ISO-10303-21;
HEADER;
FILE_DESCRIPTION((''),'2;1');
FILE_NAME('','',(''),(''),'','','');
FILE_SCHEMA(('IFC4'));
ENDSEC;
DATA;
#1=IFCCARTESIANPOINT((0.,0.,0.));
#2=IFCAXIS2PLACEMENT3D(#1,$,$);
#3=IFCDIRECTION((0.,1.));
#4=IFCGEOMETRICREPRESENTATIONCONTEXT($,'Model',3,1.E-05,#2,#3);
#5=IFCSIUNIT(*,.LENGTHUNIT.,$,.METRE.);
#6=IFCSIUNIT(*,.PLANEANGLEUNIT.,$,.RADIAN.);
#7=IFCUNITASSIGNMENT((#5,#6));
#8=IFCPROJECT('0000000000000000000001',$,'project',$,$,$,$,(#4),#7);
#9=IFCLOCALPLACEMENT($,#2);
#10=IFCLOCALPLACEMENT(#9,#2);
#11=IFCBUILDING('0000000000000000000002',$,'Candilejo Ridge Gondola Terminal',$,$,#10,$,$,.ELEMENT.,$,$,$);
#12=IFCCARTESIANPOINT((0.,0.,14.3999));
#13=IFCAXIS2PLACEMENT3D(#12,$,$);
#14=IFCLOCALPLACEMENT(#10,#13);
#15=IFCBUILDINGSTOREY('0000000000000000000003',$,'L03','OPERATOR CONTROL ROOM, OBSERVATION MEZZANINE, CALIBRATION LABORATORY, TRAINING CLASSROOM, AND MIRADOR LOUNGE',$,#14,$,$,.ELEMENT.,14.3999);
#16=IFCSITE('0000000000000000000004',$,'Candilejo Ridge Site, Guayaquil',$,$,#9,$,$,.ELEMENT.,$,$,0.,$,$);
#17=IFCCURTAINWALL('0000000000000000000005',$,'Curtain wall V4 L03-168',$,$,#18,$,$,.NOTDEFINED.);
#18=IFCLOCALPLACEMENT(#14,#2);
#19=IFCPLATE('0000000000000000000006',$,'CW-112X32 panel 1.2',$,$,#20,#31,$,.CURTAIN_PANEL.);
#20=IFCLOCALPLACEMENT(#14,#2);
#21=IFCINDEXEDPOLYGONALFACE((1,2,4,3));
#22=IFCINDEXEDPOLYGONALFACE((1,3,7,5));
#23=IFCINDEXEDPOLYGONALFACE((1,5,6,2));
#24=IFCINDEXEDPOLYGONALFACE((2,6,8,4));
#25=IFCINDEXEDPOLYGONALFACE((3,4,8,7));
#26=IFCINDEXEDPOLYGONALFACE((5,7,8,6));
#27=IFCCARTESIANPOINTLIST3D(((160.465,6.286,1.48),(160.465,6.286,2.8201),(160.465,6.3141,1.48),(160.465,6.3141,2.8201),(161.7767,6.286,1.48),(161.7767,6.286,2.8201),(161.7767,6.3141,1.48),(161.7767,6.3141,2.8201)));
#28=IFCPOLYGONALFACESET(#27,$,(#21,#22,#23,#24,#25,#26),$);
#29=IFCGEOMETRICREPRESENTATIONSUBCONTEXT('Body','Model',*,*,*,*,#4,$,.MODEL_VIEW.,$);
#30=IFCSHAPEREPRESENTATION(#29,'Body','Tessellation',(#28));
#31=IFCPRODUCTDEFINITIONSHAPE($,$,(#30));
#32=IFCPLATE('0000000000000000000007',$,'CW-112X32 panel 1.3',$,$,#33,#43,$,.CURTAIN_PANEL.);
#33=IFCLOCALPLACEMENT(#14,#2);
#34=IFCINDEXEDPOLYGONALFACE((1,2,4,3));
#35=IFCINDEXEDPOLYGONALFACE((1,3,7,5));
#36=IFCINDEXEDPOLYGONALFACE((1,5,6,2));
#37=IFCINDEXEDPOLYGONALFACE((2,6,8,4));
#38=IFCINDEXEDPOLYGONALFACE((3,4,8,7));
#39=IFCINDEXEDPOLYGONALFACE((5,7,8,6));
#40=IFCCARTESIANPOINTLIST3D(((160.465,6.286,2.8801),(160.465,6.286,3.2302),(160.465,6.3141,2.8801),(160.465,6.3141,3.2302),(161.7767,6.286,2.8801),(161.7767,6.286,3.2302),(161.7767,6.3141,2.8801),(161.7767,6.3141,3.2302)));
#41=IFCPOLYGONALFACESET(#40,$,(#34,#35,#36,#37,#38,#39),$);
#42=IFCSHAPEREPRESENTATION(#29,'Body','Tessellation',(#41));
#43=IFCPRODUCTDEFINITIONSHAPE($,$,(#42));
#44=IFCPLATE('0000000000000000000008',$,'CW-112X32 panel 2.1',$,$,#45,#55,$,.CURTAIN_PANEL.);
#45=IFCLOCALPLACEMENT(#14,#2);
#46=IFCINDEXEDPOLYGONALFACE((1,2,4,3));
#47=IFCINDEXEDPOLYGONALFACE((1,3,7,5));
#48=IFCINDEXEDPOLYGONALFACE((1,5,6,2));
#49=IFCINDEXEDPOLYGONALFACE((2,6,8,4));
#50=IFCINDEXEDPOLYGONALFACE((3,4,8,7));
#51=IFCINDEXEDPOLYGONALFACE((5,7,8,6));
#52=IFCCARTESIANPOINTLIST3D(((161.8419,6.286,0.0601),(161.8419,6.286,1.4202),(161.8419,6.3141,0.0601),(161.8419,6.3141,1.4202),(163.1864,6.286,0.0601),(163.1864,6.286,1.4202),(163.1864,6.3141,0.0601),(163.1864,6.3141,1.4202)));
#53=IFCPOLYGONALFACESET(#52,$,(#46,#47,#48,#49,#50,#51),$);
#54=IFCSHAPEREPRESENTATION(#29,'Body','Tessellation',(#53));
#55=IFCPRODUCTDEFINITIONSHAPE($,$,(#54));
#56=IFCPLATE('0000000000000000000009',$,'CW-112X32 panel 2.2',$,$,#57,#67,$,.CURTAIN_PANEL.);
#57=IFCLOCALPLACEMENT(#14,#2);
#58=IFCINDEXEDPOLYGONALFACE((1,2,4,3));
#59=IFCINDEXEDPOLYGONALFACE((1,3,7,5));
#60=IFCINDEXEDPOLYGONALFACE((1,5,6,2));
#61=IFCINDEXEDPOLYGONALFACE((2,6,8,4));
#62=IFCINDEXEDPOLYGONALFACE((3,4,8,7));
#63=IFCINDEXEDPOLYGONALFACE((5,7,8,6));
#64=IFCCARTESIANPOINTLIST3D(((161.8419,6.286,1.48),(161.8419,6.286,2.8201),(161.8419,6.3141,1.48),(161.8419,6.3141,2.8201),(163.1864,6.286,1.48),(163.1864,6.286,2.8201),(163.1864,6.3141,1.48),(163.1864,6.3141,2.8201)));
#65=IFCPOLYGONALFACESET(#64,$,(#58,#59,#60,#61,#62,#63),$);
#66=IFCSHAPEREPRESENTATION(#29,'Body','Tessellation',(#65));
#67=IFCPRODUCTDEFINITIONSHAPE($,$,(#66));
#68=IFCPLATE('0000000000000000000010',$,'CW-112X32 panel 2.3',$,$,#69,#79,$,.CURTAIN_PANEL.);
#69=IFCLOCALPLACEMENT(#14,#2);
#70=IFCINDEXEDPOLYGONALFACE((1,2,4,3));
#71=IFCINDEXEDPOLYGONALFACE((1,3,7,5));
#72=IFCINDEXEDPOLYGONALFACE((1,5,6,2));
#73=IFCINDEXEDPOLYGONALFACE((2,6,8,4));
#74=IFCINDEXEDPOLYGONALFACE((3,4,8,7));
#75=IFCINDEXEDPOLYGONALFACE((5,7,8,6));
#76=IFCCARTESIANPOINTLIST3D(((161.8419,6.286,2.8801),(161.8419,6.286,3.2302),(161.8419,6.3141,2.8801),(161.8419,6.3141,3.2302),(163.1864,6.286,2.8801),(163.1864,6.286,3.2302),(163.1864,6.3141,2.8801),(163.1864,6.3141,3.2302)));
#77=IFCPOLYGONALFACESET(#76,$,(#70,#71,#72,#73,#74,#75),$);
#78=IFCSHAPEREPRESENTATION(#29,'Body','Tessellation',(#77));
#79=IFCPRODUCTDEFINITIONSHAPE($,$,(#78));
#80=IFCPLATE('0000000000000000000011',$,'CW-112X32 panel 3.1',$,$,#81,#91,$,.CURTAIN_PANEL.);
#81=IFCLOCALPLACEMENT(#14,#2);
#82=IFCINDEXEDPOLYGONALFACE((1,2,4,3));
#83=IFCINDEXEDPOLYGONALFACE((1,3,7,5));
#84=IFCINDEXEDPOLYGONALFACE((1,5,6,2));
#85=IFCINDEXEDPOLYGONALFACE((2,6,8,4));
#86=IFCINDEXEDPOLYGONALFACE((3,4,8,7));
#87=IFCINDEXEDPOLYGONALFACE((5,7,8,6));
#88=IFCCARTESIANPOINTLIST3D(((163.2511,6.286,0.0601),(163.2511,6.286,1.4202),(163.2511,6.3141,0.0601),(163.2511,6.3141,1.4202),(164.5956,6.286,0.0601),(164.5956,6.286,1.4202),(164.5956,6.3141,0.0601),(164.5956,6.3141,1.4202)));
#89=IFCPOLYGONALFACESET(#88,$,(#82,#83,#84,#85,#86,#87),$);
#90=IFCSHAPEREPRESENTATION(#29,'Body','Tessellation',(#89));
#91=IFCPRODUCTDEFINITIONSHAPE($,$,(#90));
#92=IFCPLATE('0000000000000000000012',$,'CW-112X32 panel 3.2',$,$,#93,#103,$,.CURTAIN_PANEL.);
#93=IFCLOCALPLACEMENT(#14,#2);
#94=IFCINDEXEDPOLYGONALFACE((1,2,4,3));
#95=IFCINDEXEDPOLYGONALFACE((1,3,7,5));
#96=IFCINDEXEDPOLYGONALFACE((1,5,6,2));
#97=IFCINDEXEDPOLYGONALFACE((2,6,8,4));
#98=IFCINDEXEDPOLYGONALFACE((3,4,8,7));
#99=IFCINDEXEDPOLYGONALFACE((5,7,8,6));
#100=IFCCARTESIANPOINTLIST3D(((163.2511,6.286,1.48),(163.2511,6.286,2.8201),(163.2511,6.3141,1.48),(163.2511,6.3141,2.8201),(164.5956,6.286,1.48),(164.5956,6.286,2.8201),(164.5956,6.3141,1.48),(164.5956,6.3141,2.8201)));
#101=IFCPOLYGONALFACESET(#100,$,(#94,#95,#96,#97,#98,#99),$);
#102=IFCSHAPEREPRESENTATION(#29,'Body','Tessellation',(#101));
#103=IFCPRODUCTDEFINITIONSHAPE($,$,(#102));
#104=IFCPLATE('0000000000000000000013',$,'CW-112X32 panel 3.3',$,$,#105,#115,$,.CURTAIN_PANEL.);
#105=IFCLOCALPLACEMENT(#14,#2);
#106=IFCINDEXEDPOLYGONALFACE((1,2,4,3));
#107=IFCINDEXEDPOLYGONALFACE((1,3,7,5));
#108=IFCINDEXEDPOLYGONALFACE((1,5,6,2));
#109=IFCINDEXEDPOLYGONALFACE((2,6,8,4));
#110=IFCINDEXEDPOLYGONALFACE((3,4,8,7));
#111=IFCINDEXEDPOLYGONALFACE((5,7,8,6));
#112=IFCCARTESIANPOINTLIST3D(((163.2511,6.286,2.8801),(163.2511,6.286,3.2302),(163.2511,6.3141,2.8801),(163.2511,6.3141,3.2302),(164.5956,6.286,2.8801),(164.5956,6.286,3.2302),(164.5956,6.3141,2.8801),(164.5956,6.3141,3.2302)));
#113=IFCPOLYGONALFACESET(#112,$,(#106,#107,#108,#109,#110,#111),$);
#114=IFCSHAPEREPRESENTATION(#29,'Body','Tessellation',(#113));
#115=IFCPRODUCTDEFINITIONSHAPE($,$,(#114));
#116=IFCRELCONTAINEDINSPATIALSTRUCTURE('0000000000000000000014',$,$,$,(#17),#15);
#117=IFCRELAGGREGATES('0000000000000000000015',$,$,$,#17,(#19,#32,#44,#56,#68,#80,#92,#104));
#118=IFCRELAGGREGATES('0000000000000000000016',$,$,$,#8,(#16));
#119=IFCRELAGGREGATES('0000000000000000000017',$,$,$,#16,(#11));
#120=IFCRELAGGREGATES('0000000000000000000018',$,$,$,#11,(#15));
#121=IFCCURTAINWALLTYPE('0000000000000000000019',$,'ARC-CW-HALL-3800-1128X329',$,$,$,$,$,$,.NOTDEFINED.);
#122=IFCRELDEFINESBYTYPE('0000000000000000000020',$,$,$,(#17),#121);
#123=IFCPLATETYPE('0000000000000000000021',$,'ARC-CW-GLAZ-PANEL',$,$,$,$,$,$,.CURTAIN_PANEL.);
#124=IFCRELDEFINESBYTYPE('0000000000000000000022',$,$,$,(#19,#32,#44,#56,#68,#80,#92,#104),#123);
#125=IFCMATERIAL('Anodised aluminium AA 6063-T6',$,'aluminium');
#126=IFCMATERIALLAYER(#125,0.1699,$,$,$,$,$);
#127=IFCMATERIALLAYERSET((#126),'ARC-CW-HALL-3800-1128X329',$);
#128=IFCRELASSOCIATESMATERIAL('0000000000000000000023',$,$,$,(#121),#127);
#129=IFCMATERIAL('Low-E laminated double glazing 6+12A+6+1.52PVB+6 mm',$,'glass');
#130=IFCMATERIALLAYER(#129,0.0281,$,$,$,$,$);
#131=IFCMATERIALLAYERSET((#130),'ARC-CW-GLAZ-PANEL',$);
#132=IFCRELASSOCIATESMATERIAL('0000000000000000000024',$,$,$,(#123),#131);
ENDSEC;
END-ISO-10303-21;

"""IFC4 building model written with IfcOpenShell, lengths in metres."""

from ifc_helpers import new_model, si_unit, direction, frame, origin, origin_2d, place, context, subcontext, project, spatial, rectangle, extrude, material, layer, layer_set, type_object, element, aggregate, save


model = new_model("IFC4")

# Units and contexts
model_context = context("Model", 3, precision=1e-05, world=origin(), true_north=direction((0.0, 1.0)))
body_context = subcontext(model_context, "Body", "Model", "MODEL_VIEW")
ifc_project = project(units=[si_unit("LENGTHUNIT", "METRE"), si_unit("PLANEANGLEUNIT", "RADIAN")], contexts=[model_context])

# Site, building, storey
site_placement = place(None, origin())
site = spatial("IfcSite", under=ifc_project, at=site_placement, Name="Candilejo Ridge Site, Guayaquil", CompositionType="ELEMENT", RefElevation=0.0)
building_placement = place(site_placement, origin())
building = spatial("IfcBuilding", under=site, at=building_placement, Name="Candilejo Ridge Gondola Terminal", CompositionType="ELEMENT")
storey_placement = place(building_placement, frame((0.0, 0.0, 14.3999)))
storey = spatial("IfcBuildingStorey", under=building, at=storey_placement, Name="L03", Description="OPERATOR CONTROL ROOM, OBSERVATION MEZZANINE, CALIBRATION LABORATORY, TRAINING CLASSROOM, AND MIRADOR LOUNGE", CompositionType="ELEMENT", Elevation=14.3999)

# Curtain wall, plates
ifc_material_1 = material(Name="Anodised aluminium AA 6063-T6", Category="aluminium")
ifc_layer_1 = layer(ifc_material_1, 0.1699)
ifc_layer_set_1 = layer_set([ifc_layer_1], Name="ARC-CW-HALL-3800-1128X329")
curtain_wall_type = type_object("IfcCurtainWallType", Name="ARC-CW-HALL-3800-1128X329", PredefinedType="NOTDEFINED", material=ifc_layer_set_1)
curtain_wall_placement = place(storey_placement, origin())
curtain_wall = element("IfcCurtainWall", 1, at=curtain_wall_placement, inside=storey, type_object=curtain_wall_type, Name="Curtain wall V4 L03-168", PredefinedType="NOTDEFINED")
ifc_material_2 = material(Name="Low-E laminated double glazing 6+12A+6+1.52PVB+6 mm", Category="glass")
ifc_layer_2 = layer(ifc_material_2, 0.0281)
ifc_layer_set_2 = layer_set([ifc_layer_2], Name="ARC-CW-GLAZ-PANEL")
plate_type = type_object("IfcPlateType", Name="ARC-CW-GLAZ-PANEL", PredefinedType="CURTAIN_PANEL", material=ifc_layer_set_2)
plate_1_placement = place(storey_placement, frame((161.1208, 6.3, 1.48), z_axis=(0.0, 0.0, 1.0), x_axis=(1.0, 0.0, 0.0)))
plate_1 = element("IfcPlate", 2, at=plate_1_placement, type_object=plate_type, Name="CW-112X32 panel 1.2", PredefinedType="CURTAIN_PANEL", context=body_context, shape_type="SweptSolid", body=[
    extrude(rectangle(XDim=1.3118, YDim=0.0281, at=origin_2d()), origin(), (0.0, 0.0, 1.0), 1.3401),
])
plate_2_placement = place(storey_placement, frame((161.1208, 6.3, 2.8801), z_axis=(0.0, 0.0, 1.0), x_axis=(1.0, 0.0, 0.0)))
plate_2 = element("IfcPlate", 3, at=plate_2_placement, type_object=plate_type, Name="CW-112X32 panel 1.3", PredefinedType="CURTAIN_PANEL", context=body_context, shape_type="SweptSolid", body=[
    extrude(rectangle(XDim=1.3118, YDim=0.0281, at=origin_2d()), origin(), (0.0, 0.0, 1.0), 0.3501),
])
plate_3_placement = place(storey_placement, frame((162.5142, 6.3, 0.0601), z_axis=(0.0, 0.0, 1.0), x_axis=(1.0, 0.0, 0.0)))
plate_3 = element("IfcPlate", 4, at=plate_3_placement, type_object=plate_type, Name="CW-112X32 panel 2.1", PredefinedType="CURTAIN_PANEL", context=body_context, shape_type="SweptSolid", body=[
    extrude(rectangle(XDim=1.3445, YDim=0.0281, at=origin_2d()), origin(), (0.0, 0.0, 1.0), 1.3601),
])
plate_4_placement = place(storey_placement, frame((162.5142, 6.3, 1.48), z_axis=(0.0, 0.0, 1.0), x_axis=(1.0, 0.0, 0.0)))
plate_4 = element("IfcPlate", 5, at=plate_4_placement, type_object=plate_type, Name="CW-112X32 panel 2.2", PredefinedType="CURTAIN_PANEL", context=body_context, shape_type="SweptSolid", body=[
    extrude(rectangle(XDim=1.3445, YDim=0.0281, at=origin_2d()), origin(), (0.0, 0.0, 1.0), 1.3401),
])
plate_5_placement = place(storey_placement, frame((162.5142, 6.3, 2.8801), z_axis=(0.0, 0.0, 1.0), x_axis=(1.0, 0.0, 0.0)))
plate_5 = element("IfcPlate", 6, at=plate_5_placement, type_object=plate_type, Name="CW-112X32 panel 2.3", PredefinedType="CURTAIN_PANEL", context=body_context, shape_type="SweptSolid", body=[
    extrude(rectangle(XDim=1.3445, YDim=0.0281, at=origin_2d()), origin(), (0.0, 0.0, 1.0), 0.3501),
])
plate_6_placement = place(storey_placement, frame((163.9233, 6.3, 0.0601), z_axis=(0.0, 0.0, 1.0), x_axis=(1.0, 0.0, 0.0)))
plate_6 = element("IfcPlate", 7, at=plate_6_placement, type_object=plate_type, Name="CW-112X32 panel 3.1", PredefinedType="CURTAIN_PANEL", context=body_context, shape_type="SweptSolid", body=[
    extrude(rectangle(XDim=1.3445, YDim=0.0281, at=origin_2d()), origin(), (0.0, 0.0, 1.0), 1.3601),
])
plate_7_placement = place(storey_placement, frame((163.9233, 6.3, 1.48), z_axis=(0.0, 0.0, 1.0), x_axis=(1.0, 0.0, 0.0)))
plate_7 = element("IfcPlate", 8, at=plate_7_placement, type_object=plate_type, Name="CW-112X32 panel 3.2", PredefinedType="CURTAIN_PANEL", context=body_context, shape_type="SweptSolid", body=[
    extrude(rectangle(XDim=1.3445, YDim=0.0281, at=origin_2d()), origin(), (0.0, 0.0, 1.0), 1.3401),
])
plate_8_placement = place(storey_placement, frame((163.9233, 6.3, 2.8801), z_axis=(0.0, 0.0, 1.0), x_axis=(1.0, 0.0, 0.0)))
plate_8 = element("IfcPlate", 9, at=plate_8_placement, type_object=plate_type, Name="CW-112X32 panel 3.3", PredefinedType="CURTAIN_PANEL", context=body_context, shape_type="SweptSolid", body=[
    extrude(rectangle(XDim=1.3445, YDim=0.0281, at=origin_2d()), origin(), (0.0, 0.0, 1.0), 0.3501),
])
aggregate(curtain_wall, [plate_1, plate_2, plate_3, plate_4, plate_5, plate_6, plate_7, plate_8])

save(model, "model.ifc")
